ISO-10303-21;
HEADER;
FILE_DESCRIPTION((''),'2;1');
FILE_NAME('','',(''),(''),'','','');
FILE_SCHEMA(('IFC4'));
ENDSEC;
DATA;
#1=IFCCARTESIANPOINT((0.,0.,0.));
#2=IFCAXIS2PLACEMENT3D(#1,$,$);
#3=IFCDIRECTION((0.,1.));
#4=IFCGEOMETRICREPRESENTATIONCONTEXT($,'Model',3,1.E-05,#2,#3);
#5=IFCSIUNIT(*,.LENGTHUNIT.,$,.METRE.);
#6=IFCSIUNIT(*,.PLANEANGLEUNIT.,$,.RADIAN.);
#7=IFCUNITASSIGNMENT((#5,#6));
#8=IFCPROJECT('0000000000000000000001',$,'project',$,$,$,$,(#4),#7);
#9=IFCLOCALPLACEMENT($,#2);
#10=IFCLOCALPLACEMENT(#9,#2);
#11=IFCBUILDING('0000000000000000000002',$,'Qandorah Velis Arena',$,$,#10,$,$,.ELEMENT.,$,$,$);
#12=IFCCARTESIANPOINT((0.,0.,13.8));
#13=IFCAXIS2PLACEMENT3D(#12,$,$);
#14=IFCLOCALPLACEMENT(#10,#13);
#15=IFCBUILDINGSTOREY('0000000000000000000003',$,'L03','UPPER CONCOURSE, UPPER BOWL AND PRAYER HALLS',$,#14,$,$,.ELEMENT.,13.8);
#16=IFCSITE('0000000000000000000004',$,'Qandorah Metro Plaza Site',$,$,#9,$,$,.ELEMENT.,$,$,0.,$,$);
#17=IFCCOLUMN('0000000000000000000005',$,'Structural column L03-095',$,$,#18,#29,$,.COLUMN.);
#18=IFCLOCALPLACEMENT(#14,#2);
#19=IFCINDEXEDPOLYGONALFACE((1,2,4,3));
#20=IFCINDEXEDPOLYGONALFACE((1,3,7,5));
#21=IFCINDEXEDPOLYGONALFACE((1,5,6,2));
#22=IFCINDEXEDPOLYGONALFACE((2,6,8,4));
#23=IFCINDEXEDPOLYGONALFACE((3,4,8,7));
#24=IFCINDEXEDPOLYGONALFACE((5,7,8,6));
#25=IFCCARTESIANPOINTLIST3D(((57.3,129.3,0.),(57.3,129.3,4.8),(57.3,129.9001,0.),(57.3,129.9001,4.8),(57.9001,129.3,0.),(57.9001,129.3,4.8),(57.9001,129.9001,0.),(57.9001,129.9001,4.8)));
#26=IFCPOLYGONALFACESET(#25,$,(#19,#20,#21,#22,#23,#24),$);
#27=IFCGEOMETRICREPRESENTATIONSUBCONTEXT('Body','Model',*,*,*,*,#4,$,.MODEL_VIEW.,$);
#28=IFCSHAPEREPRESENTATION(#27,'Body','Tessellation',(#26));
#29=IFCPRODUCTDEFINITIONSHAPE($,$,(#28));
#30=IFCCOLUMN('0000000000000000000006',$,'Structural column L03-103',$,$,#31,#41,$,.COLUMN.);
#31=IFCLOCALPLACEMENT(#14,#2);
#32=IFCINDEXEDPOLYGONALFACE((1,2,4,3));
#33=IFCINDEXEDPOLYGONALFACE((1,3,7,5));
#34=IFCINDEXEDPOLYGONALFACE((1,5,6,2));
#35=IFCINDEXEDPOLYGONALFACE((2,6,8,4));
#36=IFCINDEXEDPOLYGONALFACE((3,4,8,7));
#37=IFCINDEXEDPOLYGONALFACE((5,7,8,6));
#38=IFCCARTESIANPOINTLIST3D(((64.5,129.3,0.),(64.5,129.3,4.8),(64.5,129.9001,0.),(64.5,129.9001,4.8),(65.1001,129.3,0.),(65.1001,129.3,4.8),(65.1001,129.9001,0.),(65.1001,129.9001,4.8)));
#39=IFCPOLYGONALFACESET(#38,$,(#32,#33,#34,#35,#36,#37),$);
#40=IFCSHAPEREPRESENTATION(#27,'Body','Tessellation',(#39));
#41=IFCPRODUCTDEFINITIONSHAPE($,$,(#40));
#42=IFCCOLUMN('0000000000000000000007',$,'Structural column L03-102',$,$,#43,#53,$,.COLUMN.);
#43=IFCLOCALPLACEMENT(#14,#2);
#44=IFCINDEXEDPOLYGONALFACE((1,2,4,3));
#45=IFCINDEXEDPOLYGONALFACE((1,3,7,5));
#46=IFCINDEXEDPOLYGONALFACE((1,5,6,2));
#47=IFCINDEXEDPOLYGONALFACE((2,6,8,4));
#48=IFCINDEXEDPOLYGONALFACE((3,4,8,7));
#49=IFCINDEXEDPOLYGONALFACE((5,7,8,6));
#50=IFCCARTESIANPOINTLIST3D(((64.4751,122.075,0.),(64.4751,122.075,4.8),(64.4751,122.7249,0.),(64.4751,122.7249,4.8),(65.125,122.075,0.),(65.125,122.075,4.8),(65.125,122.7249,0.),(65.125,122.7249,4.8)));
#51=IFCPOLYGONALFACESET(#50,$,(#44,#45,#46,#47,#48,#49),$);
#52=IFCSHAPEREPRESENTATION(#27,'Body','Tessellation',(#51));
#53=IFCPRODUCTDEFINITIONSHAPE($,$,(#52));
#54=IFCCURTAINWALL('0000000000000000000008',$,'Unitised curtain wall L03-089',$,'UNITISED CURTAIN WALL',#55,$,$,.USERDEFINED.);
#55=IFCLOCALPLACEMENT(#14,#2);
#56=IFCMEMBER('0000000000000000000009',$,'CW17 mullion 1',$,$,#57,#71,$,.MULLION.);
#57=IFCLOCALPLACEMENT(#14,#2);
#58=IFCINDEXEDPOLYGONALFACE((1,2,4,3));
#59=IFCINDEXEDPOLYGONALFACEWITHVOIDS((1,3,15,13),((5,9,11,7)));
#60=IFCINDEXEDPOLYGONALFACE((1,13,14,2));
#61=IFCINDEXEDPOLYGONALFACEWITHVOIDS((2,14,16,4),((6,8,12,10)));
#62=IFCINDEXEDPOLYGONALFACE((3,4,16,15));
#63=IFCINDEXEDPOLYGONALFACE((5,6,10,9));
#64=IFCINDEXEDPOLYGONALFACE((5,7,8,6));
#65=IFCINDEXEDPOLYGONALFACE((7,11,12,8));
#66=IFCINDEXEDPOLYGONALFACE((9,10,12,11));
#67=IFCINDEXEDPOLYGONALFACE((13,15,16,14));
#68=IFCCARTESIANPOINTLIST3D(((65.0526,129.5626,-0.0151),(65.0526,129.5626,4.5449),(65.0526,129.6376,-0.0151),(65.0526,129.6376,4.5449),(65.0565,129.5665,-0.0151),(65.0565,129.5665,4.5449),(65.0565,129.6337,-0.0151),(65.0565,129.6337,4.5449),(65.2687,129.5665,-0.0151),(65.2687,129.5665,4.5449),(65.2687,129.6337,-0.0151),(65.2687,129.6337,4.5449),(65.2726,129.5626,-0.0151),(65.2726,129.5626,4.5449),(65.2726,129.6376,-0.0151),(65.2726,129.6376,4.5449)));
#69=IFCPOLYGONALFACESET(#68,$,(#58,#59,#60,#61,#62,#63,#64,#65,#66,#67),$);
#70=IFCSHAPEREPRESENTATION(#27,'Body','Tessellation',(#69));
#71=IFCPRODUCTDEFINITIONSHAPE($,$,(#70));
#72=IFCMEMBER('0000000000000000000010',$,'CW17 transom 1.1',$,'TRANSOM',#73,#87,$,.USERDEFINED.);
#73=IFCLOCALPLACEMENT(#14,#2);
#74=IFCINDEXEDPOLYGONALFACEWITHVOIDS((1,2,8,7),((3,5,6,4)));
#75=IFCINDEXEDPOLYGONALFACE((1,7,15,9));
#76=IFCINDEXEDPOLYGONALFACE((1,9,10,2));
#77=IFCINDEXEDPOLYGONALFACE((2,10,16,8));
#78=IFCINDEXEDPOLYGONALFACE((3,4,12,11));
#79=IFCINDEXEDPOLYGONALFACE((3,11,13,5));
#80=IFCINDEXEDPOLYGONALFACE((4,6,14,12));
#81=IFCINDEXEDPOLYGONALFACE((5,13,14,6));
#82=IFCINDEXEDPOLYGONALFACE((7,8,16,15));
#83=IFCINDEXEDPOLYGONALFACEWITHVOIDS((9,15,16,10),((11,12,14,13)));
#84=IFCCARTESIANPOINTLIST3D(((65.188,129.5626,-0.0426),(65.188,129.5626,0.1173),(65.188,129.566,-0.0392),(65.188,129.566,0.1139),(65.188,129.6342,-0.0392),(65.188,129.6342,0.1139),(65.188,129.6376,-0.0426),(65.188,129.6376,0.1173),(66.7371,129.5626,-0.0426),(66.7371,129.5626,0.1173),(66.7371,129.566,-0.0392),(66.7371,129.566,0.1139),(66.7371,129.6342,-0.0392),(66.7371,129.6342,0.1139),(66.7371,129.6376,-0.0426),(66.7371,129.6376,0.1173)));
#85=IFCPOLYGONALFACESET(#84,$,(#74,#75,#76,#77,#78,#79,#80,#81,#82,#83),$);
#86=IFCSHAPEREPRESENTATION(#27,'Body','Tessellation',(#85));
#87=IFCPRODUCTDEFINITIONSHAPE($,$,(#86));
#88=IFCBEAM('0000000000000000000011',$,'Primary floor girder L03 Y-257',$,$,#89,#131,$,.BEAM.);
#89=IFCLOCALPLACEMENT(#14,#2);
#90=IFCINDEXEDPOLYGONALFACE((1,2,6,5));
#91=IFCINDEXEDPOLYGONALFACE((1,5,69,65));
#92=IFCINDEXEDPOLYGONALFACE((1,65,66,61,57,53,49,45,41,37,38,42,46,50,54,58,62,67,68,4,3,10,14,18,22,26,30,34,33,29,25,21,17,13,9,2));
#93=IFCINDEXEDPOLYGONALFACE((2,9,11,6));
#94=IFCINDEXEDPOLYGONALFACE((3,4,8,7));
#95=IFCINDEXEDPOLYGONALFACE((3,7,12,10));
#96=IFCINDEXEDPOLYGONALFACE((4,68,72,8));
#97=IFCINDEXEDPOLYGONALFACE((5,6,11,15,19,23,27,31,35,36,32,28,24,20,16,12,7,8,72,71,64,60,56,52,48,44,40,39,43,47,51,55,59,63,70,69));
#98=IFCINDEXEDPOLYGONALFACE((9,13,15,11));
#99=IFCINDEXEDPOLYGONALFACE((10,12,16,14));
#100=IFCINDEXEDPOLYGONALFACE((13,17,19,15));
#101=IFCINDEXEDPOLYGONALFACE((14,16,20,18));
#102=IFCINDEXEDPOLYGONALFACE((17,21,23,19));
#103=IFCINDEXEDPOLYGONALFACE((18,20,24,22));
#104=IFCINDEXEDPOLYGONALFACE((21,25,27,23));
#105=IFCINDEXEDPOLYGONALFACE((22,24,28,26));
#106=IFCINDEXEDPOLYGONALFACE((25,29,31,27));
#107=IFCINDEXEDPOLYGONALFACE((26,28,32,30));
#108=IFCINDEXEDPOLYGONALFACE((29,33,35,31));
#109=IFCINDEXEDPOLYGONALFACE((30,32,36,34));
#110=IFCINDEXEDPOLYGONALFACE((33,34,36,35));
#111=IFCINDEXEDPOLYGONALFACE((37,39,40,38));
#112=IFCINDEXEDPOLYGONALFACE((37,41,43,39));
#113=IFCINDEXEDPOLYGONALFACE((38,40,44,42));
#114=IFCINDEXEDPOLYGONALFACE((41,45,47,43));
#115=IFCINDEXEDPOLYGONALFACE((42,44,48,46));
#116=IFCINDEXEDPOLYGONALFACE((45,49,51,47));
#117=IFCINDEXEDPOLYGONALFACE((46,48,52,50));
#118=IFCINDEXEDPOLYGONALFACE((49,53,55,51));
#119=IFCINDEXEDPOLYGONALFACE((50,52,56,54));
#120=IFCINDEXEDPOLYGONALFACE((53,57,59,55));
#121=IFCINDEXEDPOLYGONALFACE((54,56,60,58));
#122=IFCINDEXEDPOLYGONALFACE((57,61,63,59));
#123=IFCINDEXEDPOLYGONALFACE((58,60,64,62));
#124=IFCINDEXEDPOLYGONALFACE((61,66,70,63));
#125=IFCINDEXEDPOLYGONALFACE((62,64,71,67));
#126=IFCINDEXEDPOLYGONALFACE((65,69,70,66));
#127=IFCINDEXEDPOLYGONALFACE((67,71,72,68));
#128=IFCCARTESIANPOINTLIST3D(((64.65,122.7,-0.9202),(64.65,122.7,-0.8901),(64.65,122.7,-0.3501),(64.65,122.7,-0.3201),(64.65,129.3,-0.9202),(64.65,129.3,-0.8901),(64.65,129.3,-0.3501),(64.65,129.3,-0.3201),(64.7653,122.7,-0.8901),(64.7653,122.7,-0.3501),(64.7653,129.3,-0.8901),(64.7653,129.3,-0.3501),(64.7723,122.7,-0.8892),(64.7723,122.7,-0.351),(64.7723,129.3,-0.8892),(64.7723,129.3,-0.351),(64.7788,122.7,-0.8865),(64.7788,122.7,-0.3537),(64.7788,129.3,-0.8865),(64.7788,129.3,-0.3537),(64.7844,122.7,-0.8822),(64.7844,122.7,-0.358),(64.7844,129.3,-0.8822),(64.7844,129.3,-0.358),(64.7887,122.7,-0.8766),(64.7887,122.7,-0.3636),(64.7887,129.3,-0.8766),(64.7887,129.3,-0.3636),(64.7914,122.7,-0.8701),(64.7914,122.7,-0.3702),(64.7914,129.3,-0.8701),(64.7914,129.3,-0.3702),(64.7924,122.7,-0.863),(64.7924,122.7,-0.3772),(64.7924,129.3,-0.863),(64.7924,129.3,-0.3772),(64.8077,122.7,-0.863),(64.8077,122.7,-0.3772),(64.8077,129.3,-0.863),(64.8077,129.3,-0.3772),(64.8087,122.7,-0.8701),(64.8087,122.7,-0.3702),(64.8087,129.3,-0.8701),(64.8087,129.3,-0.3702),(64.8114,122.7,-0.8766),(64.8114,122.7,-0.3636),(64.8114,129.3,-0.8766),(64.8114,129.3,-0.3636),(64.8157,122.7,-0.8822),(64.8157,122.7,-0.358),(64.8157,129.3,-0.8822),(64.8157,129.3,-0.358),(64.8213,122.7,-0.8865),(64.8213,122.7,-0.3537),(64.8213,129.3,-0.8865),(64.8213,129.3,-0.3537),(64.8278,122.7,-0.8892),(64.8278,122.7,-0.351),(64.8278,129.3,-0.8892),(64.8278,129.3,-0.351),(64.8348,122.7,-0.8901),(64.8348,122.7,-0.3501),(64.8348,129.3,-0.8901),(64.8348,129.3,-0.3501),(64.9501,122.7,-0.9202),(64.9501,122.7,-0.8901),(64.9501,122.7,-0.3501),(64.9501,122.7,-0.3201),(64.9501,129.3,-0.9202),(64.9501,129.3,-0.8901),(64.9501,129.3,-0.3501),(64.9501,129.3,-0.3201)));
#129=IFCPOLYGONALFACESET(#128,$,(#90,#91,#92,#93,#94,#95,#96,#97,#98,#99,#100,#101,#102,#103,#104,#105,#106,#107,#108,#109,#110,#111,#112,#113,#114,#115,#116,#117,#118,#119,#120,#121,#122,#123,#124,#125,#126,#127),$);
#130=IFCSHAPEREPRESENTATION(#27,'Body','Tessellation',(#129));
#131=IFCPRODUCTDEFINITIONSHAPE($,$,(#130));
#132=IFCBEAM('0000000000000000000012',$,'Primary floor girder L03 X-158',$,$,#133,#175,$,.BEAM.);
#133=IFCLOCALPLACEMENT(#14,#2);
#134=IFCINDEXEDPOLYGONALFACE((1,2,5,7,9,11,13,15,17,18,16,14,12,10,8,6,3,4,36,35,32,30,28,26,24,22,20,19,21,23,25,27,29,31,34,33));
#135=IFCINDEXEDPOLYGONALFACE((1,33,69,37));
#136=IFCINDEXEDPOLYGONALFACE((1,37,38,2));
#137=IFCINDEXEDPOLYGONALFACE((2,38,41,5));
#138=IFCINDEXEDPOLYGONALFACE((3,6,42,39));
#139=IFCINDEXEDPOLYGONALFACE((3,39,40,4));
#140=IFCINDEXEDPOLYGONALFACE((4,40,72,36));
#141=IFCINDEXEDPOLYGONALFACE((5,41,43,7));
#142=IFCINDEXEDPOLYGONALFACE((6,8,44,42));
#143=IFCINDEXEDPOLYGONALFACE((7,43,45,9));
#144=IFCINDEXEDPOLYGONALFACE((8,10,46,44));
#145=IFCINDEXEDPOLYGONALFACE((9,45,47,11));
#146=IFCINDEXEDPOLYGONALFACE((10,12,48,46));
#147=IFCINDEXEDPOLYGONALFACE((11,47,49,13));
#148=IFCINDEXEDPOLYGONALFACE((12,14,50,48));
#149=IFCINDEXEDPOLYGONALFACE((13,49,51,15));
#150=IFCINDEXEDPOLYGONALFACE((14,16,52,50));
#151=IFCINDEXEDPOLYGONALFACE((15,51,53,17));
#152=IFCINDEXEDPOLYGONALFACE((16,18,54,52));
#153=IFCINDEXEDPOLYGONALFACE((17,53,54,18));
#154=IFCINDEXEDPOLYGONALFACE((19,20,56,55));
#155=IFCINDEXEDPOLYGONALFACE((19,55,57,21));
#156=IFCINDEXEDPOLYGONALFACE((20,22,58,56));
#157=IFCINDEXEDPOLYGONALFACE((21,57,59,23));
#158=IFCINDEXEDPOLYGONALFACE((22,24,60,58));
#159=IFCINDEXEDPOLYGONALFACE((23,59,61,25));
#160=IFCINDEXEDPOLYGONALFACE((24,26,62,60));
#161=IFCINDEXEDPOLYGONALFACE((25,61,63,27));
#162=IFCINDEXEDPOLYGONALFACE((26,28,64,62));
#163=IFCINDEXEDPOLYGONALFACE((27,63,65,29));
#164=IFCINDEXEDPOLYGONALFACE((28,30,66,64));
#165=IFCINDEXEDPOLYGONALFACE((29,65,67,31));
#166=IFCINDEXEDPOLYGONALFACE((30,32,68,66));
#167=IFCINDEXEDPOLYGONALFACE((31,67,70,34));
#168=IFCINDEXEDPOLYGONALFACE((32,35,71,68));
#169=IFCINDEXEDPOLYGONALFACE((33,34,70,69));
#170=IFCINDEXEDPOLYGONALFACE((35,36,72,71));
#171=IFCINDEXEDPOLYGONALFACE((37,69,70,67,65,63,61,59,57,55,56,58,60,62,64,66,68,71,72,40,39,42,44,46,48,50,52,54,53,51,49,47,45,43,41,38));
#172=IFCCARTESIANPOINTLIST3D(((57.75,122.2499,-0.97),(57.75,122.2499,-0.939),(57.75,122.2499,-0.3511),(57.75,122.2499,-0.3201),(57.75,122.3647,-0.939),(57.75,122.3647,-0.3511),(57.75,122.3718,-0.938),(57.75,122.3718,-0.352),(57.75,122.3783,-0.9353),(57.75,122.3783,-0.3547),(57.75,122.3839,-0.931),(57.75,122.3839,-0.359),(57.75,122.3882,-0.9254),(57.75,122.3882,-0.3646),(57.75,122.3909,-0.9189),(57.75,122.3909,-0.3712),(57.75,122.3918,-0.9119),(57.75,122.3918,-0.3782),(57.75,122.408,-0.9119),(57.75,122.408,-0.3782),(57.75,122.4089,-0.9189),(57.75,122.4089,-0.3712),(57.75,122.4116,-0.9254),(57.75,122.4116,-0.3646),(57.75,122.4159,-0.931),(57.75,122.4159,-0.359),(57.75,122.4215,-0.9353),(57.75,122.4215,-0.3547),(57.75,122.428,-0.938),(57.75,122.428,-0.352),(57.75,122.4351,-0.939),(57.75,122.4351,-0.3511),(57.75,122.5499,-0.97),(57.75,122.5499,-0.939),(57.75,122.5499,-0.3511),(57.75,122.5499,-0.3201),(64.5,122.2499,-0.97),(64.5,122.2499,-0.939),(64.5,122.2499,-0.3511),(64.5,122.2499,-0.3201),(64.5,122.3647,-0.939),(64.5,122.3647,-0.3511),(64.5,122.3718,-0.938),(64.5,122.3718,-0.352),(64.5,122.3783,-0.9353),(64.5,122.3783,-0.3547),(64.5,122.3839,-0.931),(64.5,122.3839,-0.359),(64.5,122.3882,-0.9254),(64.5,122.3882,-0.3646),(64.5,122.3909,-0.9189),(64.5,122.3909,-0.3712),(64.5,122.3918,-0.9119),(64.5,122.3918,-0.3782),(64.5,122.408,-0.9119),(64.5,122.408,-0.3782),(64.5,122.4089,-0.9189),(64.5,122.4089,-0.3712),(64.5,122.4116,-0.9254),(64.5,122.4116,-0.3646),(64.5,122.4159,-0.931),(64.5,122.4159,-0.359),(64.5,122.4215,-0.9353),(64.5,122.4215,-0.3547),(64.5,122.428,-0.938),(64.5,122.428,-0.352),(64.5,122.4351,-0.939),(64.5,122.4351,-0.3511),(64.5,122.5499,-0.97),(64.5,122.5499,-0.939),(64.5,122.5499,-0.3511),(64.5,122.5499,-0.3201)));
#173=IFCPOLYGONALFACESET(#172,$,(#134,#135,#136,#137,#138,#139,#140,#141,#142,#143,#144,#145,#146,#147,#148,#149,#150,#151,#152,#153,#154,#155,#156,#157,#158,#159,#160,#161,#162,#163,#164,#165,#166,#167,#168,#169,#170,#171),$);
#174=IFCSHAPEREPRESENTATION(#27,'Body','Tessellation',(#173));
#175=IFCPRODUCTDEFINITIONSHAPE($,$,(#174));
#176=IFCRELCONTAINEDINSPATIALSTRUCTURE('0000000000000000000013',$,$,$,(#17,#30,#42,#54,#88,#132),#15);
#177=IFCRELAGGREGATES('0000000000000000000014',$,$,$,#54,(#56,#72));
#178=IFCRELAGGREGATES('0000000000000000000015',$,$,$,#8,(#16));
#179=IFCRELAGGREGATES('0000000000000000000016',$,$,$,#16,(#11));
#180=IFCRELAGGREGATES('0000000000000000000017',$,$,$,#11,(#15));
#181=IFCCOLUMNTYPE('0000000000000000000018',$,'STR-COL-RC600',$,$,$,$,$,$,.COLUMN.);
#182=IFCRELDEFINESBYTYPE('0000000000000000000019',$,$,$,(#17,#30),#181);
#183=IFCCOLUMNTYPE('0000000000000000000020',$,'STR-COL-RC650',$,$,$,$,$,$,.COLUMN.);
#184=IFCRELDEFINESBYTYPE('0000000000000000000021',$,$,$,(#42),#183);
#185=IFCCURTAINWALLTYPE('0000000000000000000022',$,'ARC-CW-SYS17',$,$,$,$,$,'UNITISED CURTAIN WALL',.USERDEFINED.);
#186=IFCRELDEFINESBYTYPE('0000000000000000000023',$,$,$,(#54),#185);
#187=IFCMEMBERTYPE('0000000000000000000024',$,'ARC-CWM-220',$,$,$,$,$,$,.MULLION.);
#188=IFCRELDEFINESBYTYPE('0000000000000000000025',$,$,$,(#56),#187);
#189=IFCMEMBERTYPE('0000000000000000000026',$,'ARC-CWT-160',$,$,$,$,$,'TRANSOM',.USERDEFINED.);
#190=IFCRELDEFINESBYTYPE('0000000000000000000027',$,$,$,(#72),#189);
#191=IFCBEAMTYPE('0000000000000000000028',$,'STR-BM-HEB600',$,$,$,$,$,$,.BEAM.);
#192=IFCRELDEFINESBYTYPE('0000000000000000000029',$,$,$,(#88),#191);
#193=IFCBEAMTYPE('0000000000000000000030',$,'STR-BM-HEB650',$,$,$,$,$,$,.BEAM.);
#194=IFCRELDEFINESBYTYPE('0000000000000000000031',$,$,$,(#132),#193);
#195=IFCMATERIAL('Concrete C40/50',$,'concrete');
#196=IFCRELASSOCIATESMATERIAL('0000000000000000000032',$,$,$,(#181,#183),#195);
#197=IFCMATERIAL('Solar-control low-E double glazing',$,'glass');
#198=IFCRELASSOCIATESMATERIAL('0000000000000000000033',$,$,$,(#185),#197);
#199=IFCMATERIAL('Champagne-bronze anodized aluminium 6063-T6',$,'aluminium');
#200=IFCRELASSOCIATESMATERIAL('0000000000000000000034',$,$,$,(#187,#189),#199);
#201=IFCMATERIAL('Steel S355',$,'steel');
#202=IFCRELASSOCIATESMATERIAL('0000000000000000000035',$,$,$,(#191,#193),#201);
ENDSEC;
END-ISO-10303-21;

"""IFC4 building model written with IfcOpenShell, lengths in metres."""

from ifc_helpers import new_model, si_unit, direction, frame, origin, origin_2d, place, context, subcontext, project, spatial, rectangle, hollow_rectangle, i_section, extrude, material, material_profile, profile_set, type_object, element, aggregate, save


model = new_model("IFC4")

# Units and contexts
model_context = context("Model", 3, precision=1e-05, world=origin(), true_north=direction((0.0, 1.0)))
body_context = subcontext(model_context, "Body", "Model", "MODEL_VIEW")
ifc_project = project(units=[si_unit("LENGTHUNIT", "METRE"), si_unit("PLANEANGLEUNIT", "RADIAN")], contexts=[model_context])

# Site, building, storey
site_placement = place(None, origin())
site = spatial("IfcSite", under=ifc_project, at=site_placement, Name="Qandorah Metro Plaza Site", CompositionType="ELEMENT", RefElevation=0.0)
building_placement = place(site_placement, origin())
building = spatial("IfcBuilding", under=site, at=building_placement, Name="Qandorah Velis Arena", CompositionType="ELEMENT")
storey_placement = place(building_placement, frame((0.0, 0.0, 13.8)))
storey = spatial("IfcBuildingStorey", under=building, at=storey_placement, Name="L03", Description="UPPER CONCOURSE, UPPER BOWL AND PRAYER HALLS", CompositionType="ELEMENT", Elevation=13.8)

# Columns
ifc_material_1 = material(Name="Concrete C40/50", Category="concrete")
ifc_material_profile_1 = material_profile(ifc_material_1, rectangle(XDim=0.6001, YDim=0.6001, at=origin_2d()), Name="RC COL 600x600")
ifc_profile_set_1 = profile_set([ifc_material_profile_1], Name="Concrete C40/50")
column_type_1 = type_object("IfcColumnType", Name="STR-COL-RC600", PredefinedType="COLUMN", material=ifc_profile_set_1)
for number, where, z_axis, x_axis, name in (
    (1, (57.6001, 129.6001, 0.0), (0.0, 0.0, 1.0), (1.0, 0.0, 0.0), "Structural column L03-095"),
    (2, (64.8, 129.6001, 0.0), (0.0, 0.0, 1.0), (1.0, 0.0, 0.0), "Structural column L03-103"),
):
    element("IfcColumn", number, at=place(storey_placement, frame(where, z_axis=z_axis, x_axis=x_axis)), inside=storey, type_object=column_type_1, Name=name, PredefinedType="COLUMN", context=body_context, shape_type="SweptSolid", body=[
        extrude(rectangle(XDim=0.6001, YDim=0.6001, at=origin_2d()), origin(), (0.0, 0.0, 1.0), 4.8),
    ])
ifc_material_profile_2 = material_profile(ifc_material_1, rectangle(XDim=0.6499, YDim=0.6499, at=origin_2d()), Name="RC COL 650x650")
ifc_profile_set_2 = profile_set([ifc_material_profile_2], Name="Concrete C40/50")
column_type_2 = type_object("IfcColumnType", Name="STR-COL-RC650", PredefinedType="COLUMN", material=ifc_profile_set_2)
column_placement = place(storey_placement, frame((64.8, 122.3999, 0.0), z_axis=(0.0, 0.0, 1.0), x_axis=(1.0, 0.0, 0.0)))
element("IfcColumn", 3, at=column_placement, inside=storey, type_object=column_type_2, Name="Structural column L03-102", PredefinedType="COLUMN", context=body_context, shape_type="SweptSolid", body=[
    extrude(rectangle(XDim=0.6499, YDim=0.6499, at=origin_2d()), origin(), (0.0, 0.0, 1.0), 4.8),
])

# Curtain wall, members
ifc_material_2 = material(Name="Solar-control low-E double glazing", Category="glass")
curtain_wall_type = type_object("IfcCurtainWallType", Name="ARC-CW-SYS17", ElementType="UNITISED CURTAIN WALL", PredefinedType="USERDEFINED", material=ifc_material_2)
curtain_wall_placement = place(storey_placement, origin())
curtain_wall = element("IfcCurtainWall", 4, at=curtain_wall_placement, inside=storey, type_object=curtain_wall_type, Name="Unitised curtain wall L03-089", ObjectType="UNITISED CURTAIN WALL", PredefinedType="USERDEFINED")
ifc_material_3 = material(Name="Champagne-bronze anodized aluminium 6063-T6", Category="aluminium")
ifc_material_profile_3 = material_profile(ifc_material_3, hollow_rectangle(XDim=0.075, YDim=0.22, WallThickness=0.0039, at=origin_2d()), Name="ALU MULLION 75x220")
ifc_profile_set_3 = profile_set([ifc_material_profile_3], Name="Champagne-bronze anodized aluminium 6063-T6")
member_type_1 = type_object("IfcMemberType", Name="ARC-CWM-220", PredefinedType="MULLION", material=ifc_profile_set_3)
member_1_placement = place(storey_placement, frame((65.1626, 129.6001, -0.0151), z_axis=(0.0, 0.0, 1.0), x_axis=(0.0, 1.0, 0.0)))
member_1 = element("IfcMember", 5, at=member_1_placement, type_object=member_type_1, Name="CW17 mullion 1", PredefinedType="MULLION", context=body_context, shape_type="SweptSolid", body=[
    extrude(hollow_rectangle(XDim=0.075, YDim=0.22, WallThickness=0.0039, at=origin_2d()), origin(), (0.0, 0.0, 1.0), 4.5601),
])
ifc_material_profile_4 = material_profile(ifc_material_3, hollow_rectangle(XDim=0.075, YDim=0.1599, WallThickness=0.0034, at=origin_2d()), Name="ALU TRANSOM 75x160")
ifc_profile_set_4 = profile_set([ifc_material_profile_4], Name="Champagne-bronze anodized aluminium 6063-T6")
member_type_2 = type_object("IfcMemberType", Name="ARC-CWT-160", ElementType="TRANSOM", PredefinedType="USERDEFINED", material=ifc_profile_set_4)
member_2_placement = place(storey_placement, frame((65.188, 129.6001, 0.0374), z_axis=(1.0, 0.0, 0.0), x_axis=(0.0, 1.0, 0.0)))
member_2 = element("IfcMember", 6, at=member_2_placement, type_object=member_type_2, Name="CW17 transom 1.1", ObjectType="TRANSOM", PredefinedType="USERDEFINED", context=body_context, shape_type="SweptSolid", body=[
    extrude(hollow_rectangle(XDim=0.075, YDim=0.1599, WallThickness=0.0034, at=origin_2d()), origin(), (0.0, 0.0, 1.0), 1.5491),
])
aggregate(curtain_wall, [member_1, member_2])

# Beams
ifc_material_4 = material(Name="Steel S355", Category="steel")
ifc_material_profile_5 = material_profile(ifc_material_4, i_section(OverallWidth=0.3, OverallDepth=0.6001, WebThickness=0.0154, FlangeThickness=0.03, FilletRadius=0.0271, at=origin_2d()), Name="HEB 600")
ifc_profile_set_5 = profile_set([ifc_material_profile_5], Name="Steel S355")
beam_type_1 = type_object("IfcBeamType", Name="STR-BM-HEB600", PredefinedType="BEAM", material=ifc_profile_set_5)
beam_1_placement = place(storey_placement, frame((64.8, 122.7, -0.6201), z_axis=(0.0, 1.0, 0.0), x_axis=(-1.0, 0.0, 0.0)))
element("IfcBeam", 7, at=beam_1_placement, inside=storey, type_object=beam_type_1, Name="Primary floor girder L03 Y-257", PredefinedType="BEAM", context=body_context, shape_type="SweptSolid", body=[
    extrude(i_section(OverallWidth=0.3, OverallDepth=0.6001, WebThickness=0.0154, FlangeThickness=0.03, FilletRadius=0.0271, at=origin_2d()), origin(), (0.0, 0.0, 1.0), 6.6001),
])
ifc_material_profile_6 = material_profile(ifc_material_4, i_section(OverallWidth=0.3, OverallDepth=0.6499, WebThickness=0.0161, FlangeThickness=0.031, FilletRadius=0.0271, at=origin_2d()), Name="HEB 650")
ifc_profile_set_6 = profile_set([ifc_material_profile_6], Name="Steel S355")
beam_type_2 = type_object("IfcBeamType", Name="STR-BM-HEB650", PredefinedType="BEAM", material=ifc_profile_set_6)
beam_2_placement = place(storey_placement, frame((57.75, 122.3999, -0.645), z_axis=(1.0, 0.0, 0.0), x_axis=(0.0, 1.0, 0.0)))
element("IfcBeam", 8, at=beam_2_placement, inside=storey, type_object=beam_type_2, Name="Primary floor girder L03 X-158", PredefinedType="BEAM", context=body_context, shape_type="SweptSolid", body=[
    extrude(i_section(OverallWidth=0.3, OverallDepth=0.6499, WebThickness=0.0161, FlangeThickness=0.031, FilletRadius=0.0271, at=origin_2d()), origin(), (0.0, 0.0, 1.0), 6.75),
])

save(model, "model.ifc")
